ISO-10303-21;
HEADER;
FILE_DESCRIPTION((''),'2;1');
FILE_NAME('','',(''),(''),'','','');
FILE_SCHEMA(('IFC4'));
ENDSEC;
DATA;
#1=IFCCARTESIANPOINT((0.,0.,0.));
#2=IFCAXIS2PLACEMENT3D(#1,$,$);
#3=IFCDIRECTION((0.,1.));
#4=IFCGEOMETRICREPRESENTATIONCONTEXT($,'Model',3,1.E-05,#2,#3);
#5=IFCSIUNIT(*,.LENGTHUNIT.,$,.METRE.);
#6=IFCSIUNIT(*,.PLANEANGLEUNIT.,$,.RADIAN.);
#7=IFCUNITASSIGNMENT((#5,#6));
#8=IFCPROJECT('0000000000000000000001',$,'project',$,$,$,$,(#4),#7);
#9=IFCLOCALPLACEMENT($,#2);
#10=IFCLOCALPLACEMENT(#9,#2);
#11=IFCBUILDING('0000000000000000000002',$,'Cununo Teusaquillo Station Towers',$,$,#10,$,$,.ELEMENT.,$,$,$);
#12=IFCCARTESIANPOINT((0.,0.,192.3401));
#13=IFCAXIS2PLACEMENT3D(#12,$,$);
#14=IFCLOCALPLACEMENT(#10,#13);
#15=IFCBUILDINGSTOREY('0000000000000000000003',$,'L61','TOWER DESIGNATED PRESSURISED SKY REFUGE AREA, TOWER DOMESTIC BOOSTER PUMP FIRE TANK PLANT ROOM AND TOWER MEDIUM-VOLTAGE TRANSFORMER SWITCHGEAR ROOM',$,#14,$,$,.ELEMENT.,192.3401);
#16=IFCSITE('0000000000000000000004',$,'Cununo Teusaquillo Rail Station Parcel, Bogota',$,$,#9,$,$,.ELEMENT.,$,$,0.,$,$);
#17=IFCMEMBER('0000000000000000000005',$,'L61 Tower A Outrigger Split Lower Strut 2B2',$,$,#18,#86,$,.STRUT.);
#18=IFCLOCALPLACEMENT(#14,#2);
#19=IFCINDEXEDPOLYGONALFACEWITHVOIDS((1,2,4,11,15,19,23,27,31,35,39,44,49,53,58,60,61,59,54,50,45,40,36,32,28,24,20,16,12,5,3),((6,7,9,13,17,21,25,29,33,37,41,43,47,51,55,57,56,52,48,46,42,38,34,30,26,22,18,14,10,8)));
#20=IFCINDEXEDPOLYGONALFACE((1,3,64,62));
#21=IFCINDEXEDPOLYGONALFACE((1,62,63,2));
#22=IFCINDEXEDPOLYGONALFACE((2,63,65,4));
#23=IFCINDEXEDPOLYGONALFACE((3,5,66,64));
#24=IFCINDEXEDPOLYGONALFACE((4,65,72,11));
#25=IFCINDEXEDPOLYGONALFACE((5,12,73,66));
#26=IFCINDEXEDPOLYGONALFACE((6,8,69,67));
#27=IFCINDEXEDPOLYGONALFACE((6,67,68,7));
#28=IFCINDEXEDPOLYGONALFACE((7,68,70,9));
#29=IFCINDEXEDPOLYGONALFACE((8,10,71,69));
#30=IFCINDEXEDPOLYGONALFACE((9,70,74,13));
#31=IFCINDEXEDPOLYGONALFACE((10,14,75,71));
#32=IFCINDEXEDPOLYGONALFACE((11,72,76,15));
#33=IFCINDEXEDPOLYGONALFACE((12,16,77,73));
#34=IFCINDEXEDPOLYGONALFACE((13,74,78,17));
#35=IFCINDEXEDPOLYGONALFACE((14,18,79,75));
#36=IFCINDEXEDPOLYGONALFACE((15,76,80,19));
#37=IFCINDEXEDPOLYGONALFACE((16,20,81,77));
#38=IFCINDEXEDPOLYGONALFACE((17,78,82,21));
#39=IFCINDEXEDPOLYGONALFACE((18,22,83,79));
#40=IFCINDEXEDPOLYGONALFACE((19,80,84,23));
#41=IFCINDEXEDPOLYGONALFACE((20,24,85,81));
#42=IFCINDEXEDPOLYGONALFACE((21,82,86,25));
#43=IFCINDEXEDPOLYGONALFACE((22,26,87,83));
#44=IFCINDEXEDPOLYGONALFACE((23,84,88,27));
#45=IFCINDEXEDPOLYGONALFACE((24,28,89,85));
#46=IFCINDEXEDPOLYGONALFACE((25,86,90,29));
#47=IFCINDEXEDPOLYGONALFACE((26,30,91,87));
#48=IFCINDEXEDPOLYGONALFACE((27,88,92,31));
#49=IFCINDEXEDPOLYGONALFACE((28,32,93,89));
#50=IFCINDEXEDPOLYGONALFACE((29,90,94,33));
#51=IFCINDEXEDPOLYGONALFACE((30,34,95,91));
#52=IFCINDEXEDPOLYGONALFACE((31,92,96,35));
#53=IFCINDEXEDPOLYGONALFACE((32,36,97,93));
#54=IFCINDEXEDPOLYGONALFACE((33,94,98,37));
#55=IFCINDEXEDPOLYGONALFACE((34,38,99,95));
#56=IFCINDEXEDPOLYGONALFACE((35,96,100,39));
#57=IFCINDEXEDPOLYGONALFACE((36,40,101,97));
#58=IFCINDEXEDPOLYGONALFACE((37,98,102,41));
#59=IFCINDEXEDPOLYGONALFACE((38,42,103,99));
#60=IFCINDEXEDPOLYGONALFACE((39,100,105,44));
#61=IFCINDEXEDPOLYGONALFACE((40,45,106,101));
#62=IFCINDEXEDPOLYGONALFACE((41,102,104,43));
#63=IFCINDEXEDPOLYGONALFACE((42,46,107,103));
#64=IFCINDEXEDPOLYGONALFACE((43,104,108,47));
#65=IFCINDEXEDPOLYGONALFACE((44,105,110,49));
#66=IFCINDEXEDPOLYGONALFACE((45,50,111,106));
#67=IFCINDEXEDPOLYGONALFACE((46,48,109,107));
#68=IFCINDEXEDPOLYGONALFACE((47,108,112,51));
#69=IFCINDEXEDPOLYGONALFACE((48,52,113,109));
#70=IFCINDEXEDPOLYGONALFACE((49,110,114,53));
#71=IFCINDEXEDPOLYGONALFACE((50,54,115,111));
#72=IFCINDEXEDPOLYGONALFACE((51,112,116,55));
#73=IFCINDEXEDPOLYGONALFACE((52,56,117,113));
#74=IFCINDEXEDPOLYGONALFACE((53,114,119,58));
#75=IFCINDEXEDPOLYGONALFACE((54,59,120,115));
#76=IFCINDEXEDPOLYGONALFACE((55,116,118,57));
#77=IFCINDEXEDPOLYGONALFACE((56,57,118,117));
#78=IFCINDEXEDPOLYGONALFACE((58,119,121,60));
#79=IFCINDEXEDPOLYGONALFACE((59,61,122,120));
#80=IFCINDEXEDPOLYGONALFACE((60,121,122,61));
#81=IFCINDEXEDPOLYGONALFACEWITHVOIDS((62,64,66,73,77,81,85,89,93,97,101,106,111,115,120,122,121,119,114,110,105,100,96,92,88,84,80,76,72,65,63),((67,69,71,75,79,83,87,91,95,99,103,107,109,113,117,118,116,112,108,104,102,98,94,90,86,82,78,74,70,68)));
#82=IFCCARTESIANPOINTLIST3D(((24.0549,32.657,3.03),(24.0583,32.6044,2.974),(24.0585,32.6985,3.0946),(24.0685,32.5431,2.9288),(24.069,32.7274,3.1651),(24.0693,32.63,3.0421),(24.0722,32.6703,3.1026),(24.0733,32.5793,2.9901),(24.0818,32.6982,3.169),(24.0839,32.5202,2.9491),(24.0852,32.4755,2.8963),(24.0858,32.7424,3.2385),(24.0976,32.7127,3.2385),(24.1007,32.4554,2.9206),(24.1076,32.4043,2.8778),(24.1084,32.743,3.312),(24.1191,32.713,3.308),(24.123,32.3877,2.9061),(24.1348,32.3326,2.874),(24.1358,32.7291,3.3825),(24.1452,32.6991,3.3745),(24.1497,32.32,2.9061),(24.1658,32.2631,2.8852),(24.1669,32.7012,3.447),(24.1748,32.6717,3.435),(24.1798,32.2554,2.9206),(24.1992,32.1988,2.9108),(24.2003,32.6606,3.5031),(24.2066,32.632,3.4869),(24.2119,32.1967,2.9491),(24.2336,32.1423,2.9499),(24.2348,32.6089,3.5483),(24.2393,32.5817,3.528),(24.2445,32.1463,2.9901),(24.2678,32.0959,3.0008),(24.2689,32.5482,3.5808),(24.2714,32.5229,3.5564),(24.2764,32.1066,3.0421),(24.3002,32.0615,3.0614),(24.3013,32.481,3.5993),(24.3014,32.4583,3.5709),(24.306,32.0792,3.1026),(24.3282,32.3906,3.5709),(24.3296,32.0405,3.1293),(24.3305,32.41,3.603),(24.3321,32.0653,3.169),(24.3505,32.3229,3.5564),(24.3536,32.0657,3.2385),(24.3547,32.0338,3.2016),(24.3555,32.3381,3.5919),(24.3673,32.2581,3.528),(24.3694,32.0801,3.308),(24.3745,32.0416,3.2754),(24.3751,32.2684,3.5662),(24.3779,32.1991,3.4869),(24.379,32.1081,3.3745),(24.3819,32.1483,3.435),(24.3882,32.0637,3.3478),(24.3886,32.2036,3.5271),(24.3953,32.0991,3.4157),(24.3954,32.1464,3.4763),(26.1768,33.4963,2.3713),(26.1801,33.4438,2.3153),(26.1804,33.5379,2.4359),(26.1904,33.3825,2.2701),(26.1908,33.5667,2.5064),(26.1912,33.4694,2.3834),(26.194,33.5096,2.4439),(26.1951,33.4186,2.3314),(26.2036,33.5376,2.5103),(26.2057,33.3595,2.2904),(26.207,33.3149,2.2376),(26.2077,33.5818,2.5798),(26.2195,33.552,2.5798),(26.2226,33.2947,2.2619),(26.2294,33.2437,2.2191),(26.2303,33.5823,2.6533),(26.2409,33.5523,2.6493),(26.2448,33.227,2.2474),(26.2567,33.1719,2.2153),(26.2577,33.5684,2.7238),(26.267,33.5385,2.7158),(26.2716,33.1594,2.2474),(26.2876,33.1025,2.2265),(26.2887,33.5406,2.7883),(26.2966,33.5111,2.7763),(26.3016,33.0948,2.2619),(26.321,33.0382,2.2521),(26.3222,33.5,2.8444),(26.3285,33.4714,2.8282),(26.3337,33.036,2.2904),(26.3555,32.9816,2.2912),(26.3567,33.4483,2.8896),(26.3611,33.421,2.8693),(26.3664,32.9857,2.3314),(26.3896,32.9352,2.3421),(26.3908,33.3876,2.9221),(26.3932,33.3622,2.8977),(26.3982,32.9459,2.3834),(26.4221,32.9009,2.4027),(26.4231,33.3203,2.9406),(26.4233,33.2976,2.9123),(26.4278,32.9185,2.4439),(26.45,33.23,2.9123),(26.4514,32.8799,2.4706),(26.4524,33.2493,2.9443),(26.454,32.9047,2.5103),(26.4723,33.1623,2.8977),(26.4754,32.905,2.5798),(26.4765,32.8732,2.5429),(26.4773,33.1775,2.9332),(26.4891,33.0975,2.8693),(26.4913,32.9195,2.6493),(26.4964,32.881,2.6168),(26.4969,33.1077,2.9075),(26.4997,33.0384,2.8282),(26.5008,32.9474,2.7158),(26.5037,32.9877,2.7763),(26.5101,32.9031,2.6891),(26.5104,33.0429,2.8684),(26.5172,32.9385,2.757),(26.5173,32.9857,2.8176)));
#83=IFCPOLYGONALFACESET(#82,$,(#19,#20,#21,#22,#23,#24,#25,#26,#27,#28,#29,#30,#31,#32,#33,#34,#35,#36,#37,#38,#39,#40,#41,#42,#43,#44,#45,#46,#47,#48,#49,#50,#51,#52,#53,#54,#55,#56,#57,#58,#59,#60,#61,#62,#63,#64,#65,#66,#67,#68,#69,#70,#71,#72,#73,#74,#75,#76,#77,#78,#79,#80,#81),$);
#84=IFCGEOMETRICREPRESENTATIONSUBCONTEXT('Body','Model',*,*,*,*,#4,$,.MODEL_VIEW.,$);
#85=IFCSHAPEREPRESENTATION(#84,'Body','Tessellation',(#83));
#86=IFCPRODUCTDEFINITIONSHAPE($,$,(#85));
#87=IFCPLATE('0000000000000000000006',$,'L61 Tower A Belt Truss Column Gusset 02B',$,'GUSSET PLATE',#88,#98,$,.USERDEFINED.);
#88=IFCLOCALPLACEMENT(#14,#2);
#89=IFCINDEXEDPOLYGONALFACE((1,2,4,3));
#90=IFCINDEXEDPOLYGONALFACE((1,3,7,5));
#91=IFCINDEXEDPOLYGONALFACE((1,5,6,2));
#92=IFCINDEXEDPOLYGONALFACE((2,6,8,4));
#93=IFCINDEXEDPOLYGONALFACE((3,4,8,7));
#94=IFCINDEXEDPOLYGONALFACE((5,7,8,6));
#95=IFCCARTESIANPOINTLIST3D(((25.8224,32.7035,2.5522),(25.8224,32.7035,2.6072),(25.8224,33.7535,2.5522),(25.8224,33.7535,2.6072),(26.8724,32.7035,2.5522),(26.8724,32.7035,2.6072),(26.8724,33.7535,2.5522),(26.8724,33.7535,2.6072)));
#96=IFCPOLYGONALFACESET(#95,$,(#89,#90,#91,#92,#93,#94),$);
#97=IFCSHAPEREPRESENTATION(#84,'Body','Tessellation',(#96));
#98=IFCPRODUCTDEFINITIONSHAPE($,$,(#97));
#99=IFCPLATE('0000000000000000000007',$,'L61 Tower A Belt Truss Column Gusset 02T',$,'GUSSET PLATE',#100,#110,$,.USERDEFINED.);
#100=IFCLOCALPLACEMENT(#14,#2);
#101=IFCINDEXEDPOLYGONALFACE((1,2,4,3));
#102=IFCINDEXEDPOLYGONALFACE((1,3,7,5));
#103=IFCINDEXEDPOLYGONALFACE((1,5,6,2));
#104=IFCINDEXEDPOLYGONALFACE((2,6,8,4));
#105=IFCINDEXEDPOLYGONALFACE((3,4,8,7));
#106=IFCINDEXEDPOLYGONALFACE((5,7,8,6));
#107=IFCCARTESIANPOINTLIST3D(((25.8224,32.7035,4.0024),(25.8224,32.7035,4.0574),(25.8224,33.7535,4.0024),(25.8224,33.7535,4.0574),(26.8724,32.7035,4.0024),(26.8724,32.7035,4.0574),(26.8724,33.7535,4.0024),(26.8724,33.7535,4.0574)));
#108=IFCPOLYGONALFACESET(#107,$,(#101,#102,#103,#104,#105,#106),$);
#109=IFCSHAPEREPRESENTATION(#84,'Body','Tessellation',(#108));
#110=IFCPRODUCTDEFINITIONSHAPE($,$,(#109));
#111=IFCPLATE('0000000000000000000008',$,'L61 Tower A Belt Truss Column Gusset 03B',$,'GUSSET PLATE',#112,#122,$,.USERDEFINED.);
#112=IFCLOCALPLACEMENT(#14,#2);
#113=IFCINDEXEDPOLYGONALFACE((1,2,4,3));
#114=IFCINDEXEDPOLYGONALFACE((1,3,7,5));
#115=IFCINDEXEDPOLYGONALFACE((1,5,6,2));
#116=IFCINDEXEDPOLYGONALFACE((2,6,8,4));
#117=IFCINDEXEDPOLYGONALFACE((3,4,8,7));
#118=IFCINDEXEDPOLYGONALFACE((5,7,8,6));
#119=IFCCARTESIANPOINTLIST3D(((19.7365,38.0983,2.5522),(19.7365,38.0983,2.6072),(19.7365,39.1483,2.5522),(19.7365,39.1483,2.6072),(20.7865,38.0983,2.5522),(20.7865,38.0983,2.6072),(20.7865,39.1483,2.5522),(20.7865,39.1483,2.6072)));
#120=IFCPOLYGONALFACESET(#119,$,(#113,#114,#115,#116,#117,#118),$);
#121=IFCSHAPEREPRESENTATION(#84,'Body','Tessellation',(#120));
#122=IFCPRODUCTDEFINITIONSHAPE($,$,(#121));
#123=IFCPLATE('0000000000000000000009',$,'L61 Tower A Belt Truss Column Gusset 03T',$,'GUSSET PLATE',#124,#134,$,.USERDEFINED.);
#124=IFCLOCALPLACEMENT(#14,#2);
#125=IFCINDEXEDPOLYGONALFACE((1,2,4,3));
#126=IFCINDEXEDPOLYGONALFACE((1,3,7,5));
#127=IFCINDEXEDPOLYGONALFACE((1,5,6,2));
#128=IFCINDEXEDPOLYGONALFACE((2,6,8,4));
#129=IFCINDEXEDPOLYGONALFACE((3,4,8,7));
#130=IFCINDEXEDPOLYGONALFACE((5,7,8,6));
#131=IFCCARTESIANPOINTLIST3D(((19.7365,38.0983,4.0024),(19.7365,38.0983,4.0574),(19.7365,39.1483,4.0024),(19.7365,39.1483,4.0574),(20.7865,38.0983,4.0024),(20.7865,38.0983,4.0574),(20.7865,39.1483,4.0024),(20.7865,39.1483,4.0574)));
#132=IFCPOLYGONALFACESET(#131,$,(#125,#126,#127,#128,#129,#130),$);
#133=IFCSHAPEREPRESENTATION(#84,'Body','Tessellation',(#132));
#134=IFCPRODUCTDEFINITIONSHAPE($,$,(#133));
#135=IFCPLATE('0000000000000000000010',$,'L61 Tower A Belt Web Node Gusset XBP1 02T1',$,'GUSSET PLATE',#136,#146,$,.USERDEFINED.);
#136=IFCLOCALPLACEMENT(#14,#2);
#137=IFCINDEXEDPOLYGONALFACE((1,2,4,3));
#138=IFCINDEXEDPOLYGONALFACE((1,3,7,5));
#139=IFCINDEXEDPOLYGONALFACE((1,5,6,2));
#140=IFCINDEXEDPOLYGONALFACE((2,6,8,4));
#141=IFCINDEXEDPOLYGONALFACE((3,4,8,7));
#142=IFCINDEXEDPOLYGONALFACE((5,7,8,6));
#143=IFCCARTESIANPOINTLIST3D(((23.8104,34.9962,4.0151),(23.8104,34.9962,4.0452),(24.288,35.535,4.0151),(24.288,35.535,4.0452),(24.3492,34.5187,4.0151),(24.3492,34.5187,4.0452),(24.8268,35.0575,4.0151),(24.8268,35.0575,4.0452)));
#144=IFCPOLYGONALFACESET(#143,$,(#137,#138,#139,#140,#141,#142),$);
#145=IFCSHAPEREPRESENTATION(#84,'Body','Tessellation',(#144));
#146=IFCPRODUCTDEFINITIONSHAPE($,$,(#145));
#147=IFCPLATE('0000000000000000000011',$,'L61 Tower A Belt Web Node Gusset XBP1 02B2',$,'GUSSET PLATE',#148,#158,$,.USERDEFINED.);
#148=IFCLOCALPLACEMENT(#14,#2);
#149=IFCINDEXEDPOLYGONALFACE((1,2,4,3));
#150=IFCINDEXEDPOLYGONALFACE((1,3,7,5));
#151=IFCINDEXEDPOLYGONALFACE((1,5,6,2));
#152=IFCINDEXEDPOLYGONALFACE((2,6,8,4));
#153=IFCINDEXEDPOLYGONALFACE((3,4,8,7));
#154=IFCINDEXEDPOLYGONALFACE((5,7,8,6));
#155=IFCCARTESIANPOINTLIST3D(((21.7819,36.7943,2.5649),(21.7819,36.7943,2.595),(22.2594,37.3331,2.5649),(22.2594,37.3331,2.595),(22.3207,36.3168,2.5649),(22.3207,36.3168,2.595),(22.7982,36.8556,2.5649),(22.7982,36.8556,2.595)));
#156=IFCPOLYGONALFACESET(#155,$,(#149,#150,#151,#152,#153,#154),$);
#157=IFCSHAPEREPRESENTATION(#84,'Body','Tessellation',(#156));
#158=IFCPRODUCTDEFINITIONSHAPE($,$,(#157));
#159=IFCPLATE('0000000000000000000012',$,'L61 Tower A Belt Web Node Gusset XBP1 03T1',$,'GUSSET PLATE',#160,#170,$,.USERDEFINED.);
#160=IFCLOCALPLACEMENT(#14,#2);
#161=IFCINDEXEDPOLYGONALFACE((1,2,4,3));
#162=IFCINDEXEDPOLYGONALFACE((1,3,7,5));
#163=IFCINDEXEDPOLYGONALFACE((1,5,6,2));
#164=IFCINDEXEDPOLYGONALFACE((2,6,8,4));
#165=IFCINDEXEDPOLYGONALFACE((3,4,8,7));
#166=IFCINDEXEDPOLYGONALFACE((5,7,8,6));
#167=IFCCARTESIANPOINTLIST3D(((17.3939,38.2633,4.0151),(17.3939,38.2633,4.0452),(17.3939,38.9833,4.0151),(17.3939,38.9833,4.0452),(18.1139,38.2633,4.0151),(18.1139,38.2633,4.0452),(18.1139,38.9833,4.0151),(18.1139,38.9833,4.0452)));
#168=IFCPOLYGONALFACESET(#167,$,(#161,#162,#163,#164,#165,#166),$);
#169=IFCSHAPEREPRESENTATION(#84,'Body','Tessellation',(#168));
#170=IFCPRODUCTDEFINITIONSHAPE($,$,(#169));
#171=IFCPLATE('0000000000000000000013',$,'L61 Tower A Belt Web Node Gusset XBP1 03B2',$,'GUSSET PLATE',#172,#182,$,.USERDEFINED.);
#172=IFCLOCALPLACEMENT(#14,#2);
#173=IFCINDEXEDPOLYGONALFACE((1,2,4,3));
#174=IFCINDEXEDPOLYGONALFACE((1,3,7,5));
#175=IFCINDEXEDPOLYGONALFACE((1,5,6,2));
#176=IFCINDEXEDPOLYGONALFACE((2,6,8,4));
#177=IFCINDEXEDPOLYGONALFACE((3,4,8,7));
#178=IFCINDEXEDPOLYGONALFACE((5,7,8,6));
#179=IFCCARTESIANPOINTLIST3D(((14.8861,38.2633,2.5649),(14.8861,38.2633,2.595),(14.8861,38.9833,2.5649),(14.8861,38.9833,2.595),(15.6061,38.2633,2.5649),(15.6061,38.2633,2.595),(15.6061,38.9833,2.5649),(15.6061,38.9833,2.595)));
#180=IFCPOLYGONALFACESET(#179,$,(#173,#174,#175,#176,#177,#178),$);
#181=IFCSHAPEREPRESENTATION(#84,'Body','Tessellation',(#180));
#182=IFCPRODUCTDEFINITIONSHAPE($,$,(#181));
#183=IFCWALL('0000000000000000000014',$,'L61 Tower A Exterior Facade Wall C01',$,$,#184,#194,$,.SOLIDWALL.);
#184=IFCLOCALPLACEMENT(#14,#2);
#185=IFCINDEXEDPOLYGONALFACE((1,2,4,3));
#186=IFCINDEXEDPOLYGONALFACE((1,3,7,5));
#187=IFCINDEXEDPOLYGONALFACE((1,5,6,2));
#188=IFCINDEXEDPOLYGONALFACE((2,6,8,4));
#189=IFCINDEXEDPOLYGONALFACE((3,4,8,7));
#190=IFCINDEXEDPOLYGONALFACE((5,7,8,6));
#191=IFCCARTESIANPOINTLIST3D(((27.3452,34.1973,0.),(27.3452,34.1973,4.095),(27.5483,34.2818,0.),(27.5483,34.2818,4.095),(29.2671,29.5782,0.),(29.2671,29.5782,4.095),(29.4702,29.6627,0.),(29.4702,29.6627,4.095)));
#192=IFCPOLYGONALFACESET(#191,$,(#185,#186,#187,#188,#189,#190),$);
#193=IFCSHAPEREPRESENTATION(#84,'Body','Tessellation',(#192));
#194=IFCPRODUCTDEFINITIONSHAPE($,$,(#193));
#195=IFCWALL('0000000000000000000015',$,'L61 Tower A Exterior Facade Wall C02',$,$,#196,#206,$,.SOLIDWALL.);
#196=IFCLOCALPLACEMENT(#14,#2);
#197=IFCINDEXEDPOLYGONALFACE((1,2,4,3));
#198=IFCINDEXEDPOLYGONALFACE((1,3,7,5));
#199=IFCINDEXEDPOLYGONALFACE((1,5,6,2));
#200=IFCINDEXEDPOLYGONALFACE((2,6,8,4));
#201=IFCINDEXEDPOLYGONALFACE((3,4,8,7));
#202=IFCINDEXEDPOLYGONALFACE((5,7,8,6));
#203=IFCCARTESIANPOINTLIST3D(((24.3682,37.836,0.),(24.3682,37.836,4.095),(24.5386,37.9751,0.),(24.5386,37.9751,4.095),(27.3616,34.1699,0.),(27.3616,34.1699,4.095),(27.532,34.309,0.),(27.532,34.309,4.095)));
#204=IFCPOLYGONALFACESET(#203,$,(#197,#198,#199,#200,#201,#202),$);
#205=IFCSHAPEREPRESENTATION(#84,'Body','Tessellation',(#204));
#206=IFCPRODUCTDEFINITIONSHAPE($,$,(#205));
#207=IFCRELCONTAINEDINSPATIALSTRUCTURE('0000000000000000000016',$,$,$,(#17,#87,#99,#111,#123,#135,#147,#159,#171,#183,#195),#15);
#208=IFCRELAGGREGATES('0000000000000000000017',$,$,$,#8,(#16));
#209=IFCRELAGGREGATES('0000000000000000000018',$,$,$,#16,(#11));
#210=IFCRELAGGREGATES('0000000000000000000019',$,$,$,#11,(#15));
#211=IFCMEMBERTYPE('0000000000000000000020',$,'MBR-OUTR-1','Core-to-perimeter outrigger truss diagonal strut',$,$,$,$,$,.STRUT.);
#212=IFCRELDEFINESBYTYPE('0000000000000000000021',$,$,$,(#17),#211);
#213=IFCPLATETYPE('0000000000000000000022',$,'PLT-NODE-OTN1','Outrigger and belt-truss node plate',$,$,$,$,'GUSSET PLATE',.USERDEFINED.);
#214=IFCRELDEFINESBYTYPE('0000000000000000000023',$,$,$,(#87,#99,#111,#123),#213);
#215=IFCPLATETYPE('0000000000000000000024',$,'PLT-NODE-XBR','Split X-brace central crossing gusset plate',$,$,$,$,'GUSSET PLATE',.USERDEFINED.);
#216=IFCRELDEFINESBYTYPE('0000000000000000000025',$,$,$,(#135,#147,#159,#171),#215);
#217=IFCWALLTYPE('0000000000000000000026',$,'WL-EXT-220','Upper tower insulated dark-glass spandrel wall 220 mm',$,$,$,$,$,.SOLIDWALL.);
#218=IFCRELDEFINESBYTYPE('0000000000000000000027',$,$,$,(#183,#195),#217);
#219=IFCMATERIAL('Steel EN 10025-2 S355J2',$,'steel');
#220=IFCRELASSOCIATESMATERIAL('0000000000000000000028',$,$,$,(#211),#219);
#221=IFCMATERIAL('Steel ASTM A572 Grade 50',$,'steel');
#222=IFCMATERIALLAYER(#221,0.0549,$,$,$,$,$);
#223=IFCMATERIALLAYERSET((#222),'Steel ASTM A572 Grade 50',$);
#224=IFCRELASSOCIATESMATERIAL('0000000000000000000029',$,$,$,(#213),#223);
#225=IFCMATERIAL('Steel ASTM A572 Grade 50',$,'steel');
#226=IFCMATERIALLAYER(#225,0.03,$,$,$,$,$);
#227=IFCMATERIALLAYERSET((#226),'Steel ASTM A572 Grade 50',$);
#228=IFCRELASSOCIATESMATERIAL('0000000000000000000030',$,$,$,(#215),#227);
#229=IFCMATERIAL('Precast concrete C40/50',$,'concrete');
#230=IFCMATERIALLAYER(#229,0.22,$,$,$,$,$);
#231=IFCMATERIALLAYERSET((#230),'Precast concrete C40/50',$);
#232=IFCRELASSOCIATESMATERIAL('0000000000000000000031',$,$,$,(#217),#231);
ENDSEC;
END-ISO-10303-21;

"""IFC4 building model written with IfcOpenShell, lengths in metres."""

from ifc_helpers import new_model, si_unit, direction, frame, frame_2d, origin, origin_2d, place, context, subcontext, project, spatial, rectangle, hollow_circle, extrude, source, transform, mapped, material, layer, layer_set, material_profile, profile_set, type_object, element, save


model = new_model("IFC4")

# Units and contexts
model_context = context("Model", 3, precision=1e-05, world=origin(), true_north=direction((0.0, 1.0)))
body_context = subcontext(model_context, "Body", "Model", "MODEL_VIEW")
ifc_project = project(units=[si_unit("LENGTHUNIT", "METRE"), si_unit("PLANEANGLEUNIT", "RADIAN")], contexts=[model_context])

# Site, building, storey
site_placement = place(None, origin())
site = spatial("IfcSite", under=ifc_project, at=site_placement, Name="Cununo Teusaquillo Rail Station Parcel, Bogota", CompositionType="ELEMENT", RefElevation=0.0)
building_placement = place(site_placement, origin())
building = spatial("IfcBuilding", under=site, at=building_placement, Name="Cununo Teusaquillo Station Towers", CompositionType="ELEMENT")
storey_placement = place(building_placement, frame((0.0, 0.0, 192.3401)))
storey = spatial("IfcBuildingStorey", under=building, at=storey_placement, Name="L61", Description="TOWER DESIGNATED PRESSURISED SKY REFUGE AREA, TOWER DOMESTIC BOOSTER PUMP FIRE TANK PLANT ROOM AND TOWER MEDIUM-VOLTAGE TRANSFORMER SWITCHGEAR ROOM", CompositionType="ELEMENT", Elevation=192.3401)

# Member
ifc_material_1 = material(Name="Steel EN 10025-2 S355J2", Category="steel")
ifc_material_profile_1 = material_profile(ifc_material_1, hollow_circle(Radius=0.3799, WallThickness=0.032, at=origin_2d()), Name="CHS 760x32")
ifc_profile_set_1 = profile_set([ifc_material_profile_1], Name="Steel EN 10025-2 S355J2")
member_type_1 = type_object("IfcMemberType", Name="MBR-OUTR-1", Description="Core-to-perimeter outrigger truss diagonal strut", PredefinedType="STRUT", material=ifc_profile_set_1)
member_1_placement = place(storey_placement, frame((24.2256, 32.3892, 3.2385), z_axis=(0.893407, 0.353416, -0.277346), x_axis=(-0.367846, 0.929887, 0.0)))
element("IfcMember", 1, at=member_1_placement, inside=storey, type_object=member_type_1, Name="L61 Tower A Outrigger Split Lower Strut 2B2", PredefinedType="STRUT", context=body_context, shape_type="SweptSolid", body=[
    extrude(hollow_circle(Radius=0.3799, WallThickness=0.032, at=origin_2d()), origin(), (0.0, 0.0, 1.0), 2.375),
])

# Plates
ifc_material_2 = material(Name="Steel ASTM A572 Grade 50", Category="steel")
ifc_layer_1 = layer(ifc_material_2, 0.0549)
ifc_layer_set_1 = layer_set([ifc_layer_1], Name="Steel ASTM A572 Grade 50")
plate_type_1 = type_object("IfcPlateType", Name="PLT-NODE-OTN1", Description="Outrigger and belt-truss node plate", ElementType="GUSSET PLATE", PredefinedType="USERDEFINED", material=ifc_layer_set_1)
shared_shape_1 = source(origin(), body_context, "Body", "SweptSolid", [
    extrude(rectangle(XDim=1.05, YDim=1.05, at=origin_2d()), origin(), (0.0, 0.0, 1.0), 0.0549),
])
for number, where, z_axis, x_axis, name in (
    (2, (26.3474, 33.2285, 2.5522), (0.0, 0.0, 1.0), (1.0, 0.0, 0.0), "L61 Tower A Belt Truss Column Gusset 02B"),
    (3, (26.3474, 33.2285, 4.0024), (0.0, 0.0, 1.0), (1.0, 0.0, 0.0), "L61 Tower A Belt Truss Column Gusset 02T"),
    (4, (20.2615, 38.6233, 2.5522), (0.0, 0.0, 1.0), (1.0, 0.0, 0.0), "L61 Tower A Belt Truss Column Gusset 03B"),
    (5, (20.2615, 38.6233, 4.0024), (0.0, 0.0, 1.0), (1.0, 0.0, 0.0), "L61 Tower A Belt Truss Column Gusset 03T"),
):
    element("IfcPlate", number, at=place(storey_placement, frame(where, z_axis=z_axis, x_axis=x_axis)), inside=storey, type_object=plate_type_1, Name=name, ObjectType="GUSSET PLATE", PredefinedType="USERDEFINED", context=body_context, shape_type="MappedRepresentation", body=[
        mapped(shared_shape_1, transform((0.0, 0.0, 0.0), x_axis=(1.0, 0.0, 0.0), y_axis=(0.0, 1.0, 0.0), z_axis=(0.0, 0.0, 1.0), scale=1.0)),
    ])
ifc_material_3 = material(Name="Steel ASTM A572 Grade 50", Category="steel")
ifc_layer_2 = layer(ifc_material_3, 0.03)
ifc_layer_set_2 = layer_set([ifc_layer_2], Name="Steel ASTM A572 Grade 50")
plate_type_2 = type_object("IfcPlateType", Name="PLT-NODE-XBR", Description="Split X-brace central crossing gusset plate", ElementType="GUSSET PLATE", PredefinedType="USERDEFINED", material=ifc_layer_set_2)
shared_shape_2 = source(origin(), body_context, "Body", "SweptSolid", [
    extrude(rectangle(XDim=0.72, YDim=0.72, at=origin_2d()), origin(), (0.0, 0.0, 1.0), 0.03),
])
for number, where, z_axis, x_axis, name in (
    (6, (24.3186, 35.0269, 4.0151), (0.0, 0.0, 1.0), (-0.748377, 0.663273, 0.0), "L61 Tower A Belt Web Node Gusset XBP1 02T1"),
    (7, (22.29, 36.825, 2.5649), (0.0, 0.0, 1.0), (-0.748377, 0.663273, 0.0), "L61 Tower A Belt Web Node Gusset XBP1 02B2"),
    (8, (17.7539, 38.6233, 4.0151), (0.0, 0.0, 1.0), (-1.0, 0.0, 0.0), "L61 Tower A Belt Web Node Gusset XBP1 03T1"),
    (9, (15.2461, 38.6233, 2.5649), (0.0, 0.0, 1.0), (-1.0, 0.0, 0.0), "L61 Tower A Belt Web Node Gusset XBP1 03B2"),
):
    element("IfcPlate", number, at=place(storey_placement, frame(where, z_axis=z_axis, x_axis=x_axis)), inside=storey, type_object=plate_type_2, Name=name, ObjectType="GUSSET PLATE", PredefinedType="USERDEFINED", context=body_context, shape_type="MappedRepresentation", body=[
        mapped(shared_shape_2, transform((0.0, 0.0, 0.0), x_axis=(1.0, 0.0, 0.0), y_axis=(0.0, 1.0, 0.0), z_axis=(0.0, 0.0, 1.0), scale=1.0)),
    ])

# Walls
ifc_material_4 = material(Name="Precast concrete C40/50", Category="concrete")
ifc_layer_3 = layer(ifc_material_4, 0.22)
ifc_layer_set_3 = layer_set([ifc_layer_3], Name="Precast concrete C40/50")
wall_type = type_object("IfcWallType", Name="WL-EXT-220", Description="Upper tower insulated dark-glass spandrel wall 220 mm", PredefinedType="SOLIDWALL", material=ifc_layer_set_3)
wall_1_placement = place(storey_placement, frame((27.4468, 34.2395, 0.0), z_axis=(0.0, 0.0, 1.0), x_axis=(0.384144, -0.923273, 0.0)))
element("IfcWall", 10, at=wall_1_placement, inside=storey, type_object=wall_type, Name="L61 Tower A Exterior Facade Wall C01", PredefinedType="SOLIDWALL", context=body_context, shape_type="SweptSolid", body=[
    extrude(rectangle(XDim=5.0029, YDim=0.22, at=frame_2d((2.5015, 0.0))), origin(), (0.0, 0.0, 1.0), 4.095),
])
wall_2_placement = place(storey_placement, frame((24.4534, 37.9055, 0.0), z_axis=(0.0, 0.0, 1.0), x_axis=(0.632471, -0.774584, 0.0)))
element("IfcWall", 11, at=wall_2_placement, inside=storey, type_object=wall_type, Name="L61 Tower A Exterior Facade Wall C02", PredefinedType="SOLIDWALL", context=body_context, shape_type="SweptSolid", body=[
    extrude(rectangle(XDim=4.7329, YDim=0.22, at=frame_2d((2.3665, 0.0))), origin(), (0.0, 0.0, 1.0), 4.095),
])

save(model, "model.ifc")
